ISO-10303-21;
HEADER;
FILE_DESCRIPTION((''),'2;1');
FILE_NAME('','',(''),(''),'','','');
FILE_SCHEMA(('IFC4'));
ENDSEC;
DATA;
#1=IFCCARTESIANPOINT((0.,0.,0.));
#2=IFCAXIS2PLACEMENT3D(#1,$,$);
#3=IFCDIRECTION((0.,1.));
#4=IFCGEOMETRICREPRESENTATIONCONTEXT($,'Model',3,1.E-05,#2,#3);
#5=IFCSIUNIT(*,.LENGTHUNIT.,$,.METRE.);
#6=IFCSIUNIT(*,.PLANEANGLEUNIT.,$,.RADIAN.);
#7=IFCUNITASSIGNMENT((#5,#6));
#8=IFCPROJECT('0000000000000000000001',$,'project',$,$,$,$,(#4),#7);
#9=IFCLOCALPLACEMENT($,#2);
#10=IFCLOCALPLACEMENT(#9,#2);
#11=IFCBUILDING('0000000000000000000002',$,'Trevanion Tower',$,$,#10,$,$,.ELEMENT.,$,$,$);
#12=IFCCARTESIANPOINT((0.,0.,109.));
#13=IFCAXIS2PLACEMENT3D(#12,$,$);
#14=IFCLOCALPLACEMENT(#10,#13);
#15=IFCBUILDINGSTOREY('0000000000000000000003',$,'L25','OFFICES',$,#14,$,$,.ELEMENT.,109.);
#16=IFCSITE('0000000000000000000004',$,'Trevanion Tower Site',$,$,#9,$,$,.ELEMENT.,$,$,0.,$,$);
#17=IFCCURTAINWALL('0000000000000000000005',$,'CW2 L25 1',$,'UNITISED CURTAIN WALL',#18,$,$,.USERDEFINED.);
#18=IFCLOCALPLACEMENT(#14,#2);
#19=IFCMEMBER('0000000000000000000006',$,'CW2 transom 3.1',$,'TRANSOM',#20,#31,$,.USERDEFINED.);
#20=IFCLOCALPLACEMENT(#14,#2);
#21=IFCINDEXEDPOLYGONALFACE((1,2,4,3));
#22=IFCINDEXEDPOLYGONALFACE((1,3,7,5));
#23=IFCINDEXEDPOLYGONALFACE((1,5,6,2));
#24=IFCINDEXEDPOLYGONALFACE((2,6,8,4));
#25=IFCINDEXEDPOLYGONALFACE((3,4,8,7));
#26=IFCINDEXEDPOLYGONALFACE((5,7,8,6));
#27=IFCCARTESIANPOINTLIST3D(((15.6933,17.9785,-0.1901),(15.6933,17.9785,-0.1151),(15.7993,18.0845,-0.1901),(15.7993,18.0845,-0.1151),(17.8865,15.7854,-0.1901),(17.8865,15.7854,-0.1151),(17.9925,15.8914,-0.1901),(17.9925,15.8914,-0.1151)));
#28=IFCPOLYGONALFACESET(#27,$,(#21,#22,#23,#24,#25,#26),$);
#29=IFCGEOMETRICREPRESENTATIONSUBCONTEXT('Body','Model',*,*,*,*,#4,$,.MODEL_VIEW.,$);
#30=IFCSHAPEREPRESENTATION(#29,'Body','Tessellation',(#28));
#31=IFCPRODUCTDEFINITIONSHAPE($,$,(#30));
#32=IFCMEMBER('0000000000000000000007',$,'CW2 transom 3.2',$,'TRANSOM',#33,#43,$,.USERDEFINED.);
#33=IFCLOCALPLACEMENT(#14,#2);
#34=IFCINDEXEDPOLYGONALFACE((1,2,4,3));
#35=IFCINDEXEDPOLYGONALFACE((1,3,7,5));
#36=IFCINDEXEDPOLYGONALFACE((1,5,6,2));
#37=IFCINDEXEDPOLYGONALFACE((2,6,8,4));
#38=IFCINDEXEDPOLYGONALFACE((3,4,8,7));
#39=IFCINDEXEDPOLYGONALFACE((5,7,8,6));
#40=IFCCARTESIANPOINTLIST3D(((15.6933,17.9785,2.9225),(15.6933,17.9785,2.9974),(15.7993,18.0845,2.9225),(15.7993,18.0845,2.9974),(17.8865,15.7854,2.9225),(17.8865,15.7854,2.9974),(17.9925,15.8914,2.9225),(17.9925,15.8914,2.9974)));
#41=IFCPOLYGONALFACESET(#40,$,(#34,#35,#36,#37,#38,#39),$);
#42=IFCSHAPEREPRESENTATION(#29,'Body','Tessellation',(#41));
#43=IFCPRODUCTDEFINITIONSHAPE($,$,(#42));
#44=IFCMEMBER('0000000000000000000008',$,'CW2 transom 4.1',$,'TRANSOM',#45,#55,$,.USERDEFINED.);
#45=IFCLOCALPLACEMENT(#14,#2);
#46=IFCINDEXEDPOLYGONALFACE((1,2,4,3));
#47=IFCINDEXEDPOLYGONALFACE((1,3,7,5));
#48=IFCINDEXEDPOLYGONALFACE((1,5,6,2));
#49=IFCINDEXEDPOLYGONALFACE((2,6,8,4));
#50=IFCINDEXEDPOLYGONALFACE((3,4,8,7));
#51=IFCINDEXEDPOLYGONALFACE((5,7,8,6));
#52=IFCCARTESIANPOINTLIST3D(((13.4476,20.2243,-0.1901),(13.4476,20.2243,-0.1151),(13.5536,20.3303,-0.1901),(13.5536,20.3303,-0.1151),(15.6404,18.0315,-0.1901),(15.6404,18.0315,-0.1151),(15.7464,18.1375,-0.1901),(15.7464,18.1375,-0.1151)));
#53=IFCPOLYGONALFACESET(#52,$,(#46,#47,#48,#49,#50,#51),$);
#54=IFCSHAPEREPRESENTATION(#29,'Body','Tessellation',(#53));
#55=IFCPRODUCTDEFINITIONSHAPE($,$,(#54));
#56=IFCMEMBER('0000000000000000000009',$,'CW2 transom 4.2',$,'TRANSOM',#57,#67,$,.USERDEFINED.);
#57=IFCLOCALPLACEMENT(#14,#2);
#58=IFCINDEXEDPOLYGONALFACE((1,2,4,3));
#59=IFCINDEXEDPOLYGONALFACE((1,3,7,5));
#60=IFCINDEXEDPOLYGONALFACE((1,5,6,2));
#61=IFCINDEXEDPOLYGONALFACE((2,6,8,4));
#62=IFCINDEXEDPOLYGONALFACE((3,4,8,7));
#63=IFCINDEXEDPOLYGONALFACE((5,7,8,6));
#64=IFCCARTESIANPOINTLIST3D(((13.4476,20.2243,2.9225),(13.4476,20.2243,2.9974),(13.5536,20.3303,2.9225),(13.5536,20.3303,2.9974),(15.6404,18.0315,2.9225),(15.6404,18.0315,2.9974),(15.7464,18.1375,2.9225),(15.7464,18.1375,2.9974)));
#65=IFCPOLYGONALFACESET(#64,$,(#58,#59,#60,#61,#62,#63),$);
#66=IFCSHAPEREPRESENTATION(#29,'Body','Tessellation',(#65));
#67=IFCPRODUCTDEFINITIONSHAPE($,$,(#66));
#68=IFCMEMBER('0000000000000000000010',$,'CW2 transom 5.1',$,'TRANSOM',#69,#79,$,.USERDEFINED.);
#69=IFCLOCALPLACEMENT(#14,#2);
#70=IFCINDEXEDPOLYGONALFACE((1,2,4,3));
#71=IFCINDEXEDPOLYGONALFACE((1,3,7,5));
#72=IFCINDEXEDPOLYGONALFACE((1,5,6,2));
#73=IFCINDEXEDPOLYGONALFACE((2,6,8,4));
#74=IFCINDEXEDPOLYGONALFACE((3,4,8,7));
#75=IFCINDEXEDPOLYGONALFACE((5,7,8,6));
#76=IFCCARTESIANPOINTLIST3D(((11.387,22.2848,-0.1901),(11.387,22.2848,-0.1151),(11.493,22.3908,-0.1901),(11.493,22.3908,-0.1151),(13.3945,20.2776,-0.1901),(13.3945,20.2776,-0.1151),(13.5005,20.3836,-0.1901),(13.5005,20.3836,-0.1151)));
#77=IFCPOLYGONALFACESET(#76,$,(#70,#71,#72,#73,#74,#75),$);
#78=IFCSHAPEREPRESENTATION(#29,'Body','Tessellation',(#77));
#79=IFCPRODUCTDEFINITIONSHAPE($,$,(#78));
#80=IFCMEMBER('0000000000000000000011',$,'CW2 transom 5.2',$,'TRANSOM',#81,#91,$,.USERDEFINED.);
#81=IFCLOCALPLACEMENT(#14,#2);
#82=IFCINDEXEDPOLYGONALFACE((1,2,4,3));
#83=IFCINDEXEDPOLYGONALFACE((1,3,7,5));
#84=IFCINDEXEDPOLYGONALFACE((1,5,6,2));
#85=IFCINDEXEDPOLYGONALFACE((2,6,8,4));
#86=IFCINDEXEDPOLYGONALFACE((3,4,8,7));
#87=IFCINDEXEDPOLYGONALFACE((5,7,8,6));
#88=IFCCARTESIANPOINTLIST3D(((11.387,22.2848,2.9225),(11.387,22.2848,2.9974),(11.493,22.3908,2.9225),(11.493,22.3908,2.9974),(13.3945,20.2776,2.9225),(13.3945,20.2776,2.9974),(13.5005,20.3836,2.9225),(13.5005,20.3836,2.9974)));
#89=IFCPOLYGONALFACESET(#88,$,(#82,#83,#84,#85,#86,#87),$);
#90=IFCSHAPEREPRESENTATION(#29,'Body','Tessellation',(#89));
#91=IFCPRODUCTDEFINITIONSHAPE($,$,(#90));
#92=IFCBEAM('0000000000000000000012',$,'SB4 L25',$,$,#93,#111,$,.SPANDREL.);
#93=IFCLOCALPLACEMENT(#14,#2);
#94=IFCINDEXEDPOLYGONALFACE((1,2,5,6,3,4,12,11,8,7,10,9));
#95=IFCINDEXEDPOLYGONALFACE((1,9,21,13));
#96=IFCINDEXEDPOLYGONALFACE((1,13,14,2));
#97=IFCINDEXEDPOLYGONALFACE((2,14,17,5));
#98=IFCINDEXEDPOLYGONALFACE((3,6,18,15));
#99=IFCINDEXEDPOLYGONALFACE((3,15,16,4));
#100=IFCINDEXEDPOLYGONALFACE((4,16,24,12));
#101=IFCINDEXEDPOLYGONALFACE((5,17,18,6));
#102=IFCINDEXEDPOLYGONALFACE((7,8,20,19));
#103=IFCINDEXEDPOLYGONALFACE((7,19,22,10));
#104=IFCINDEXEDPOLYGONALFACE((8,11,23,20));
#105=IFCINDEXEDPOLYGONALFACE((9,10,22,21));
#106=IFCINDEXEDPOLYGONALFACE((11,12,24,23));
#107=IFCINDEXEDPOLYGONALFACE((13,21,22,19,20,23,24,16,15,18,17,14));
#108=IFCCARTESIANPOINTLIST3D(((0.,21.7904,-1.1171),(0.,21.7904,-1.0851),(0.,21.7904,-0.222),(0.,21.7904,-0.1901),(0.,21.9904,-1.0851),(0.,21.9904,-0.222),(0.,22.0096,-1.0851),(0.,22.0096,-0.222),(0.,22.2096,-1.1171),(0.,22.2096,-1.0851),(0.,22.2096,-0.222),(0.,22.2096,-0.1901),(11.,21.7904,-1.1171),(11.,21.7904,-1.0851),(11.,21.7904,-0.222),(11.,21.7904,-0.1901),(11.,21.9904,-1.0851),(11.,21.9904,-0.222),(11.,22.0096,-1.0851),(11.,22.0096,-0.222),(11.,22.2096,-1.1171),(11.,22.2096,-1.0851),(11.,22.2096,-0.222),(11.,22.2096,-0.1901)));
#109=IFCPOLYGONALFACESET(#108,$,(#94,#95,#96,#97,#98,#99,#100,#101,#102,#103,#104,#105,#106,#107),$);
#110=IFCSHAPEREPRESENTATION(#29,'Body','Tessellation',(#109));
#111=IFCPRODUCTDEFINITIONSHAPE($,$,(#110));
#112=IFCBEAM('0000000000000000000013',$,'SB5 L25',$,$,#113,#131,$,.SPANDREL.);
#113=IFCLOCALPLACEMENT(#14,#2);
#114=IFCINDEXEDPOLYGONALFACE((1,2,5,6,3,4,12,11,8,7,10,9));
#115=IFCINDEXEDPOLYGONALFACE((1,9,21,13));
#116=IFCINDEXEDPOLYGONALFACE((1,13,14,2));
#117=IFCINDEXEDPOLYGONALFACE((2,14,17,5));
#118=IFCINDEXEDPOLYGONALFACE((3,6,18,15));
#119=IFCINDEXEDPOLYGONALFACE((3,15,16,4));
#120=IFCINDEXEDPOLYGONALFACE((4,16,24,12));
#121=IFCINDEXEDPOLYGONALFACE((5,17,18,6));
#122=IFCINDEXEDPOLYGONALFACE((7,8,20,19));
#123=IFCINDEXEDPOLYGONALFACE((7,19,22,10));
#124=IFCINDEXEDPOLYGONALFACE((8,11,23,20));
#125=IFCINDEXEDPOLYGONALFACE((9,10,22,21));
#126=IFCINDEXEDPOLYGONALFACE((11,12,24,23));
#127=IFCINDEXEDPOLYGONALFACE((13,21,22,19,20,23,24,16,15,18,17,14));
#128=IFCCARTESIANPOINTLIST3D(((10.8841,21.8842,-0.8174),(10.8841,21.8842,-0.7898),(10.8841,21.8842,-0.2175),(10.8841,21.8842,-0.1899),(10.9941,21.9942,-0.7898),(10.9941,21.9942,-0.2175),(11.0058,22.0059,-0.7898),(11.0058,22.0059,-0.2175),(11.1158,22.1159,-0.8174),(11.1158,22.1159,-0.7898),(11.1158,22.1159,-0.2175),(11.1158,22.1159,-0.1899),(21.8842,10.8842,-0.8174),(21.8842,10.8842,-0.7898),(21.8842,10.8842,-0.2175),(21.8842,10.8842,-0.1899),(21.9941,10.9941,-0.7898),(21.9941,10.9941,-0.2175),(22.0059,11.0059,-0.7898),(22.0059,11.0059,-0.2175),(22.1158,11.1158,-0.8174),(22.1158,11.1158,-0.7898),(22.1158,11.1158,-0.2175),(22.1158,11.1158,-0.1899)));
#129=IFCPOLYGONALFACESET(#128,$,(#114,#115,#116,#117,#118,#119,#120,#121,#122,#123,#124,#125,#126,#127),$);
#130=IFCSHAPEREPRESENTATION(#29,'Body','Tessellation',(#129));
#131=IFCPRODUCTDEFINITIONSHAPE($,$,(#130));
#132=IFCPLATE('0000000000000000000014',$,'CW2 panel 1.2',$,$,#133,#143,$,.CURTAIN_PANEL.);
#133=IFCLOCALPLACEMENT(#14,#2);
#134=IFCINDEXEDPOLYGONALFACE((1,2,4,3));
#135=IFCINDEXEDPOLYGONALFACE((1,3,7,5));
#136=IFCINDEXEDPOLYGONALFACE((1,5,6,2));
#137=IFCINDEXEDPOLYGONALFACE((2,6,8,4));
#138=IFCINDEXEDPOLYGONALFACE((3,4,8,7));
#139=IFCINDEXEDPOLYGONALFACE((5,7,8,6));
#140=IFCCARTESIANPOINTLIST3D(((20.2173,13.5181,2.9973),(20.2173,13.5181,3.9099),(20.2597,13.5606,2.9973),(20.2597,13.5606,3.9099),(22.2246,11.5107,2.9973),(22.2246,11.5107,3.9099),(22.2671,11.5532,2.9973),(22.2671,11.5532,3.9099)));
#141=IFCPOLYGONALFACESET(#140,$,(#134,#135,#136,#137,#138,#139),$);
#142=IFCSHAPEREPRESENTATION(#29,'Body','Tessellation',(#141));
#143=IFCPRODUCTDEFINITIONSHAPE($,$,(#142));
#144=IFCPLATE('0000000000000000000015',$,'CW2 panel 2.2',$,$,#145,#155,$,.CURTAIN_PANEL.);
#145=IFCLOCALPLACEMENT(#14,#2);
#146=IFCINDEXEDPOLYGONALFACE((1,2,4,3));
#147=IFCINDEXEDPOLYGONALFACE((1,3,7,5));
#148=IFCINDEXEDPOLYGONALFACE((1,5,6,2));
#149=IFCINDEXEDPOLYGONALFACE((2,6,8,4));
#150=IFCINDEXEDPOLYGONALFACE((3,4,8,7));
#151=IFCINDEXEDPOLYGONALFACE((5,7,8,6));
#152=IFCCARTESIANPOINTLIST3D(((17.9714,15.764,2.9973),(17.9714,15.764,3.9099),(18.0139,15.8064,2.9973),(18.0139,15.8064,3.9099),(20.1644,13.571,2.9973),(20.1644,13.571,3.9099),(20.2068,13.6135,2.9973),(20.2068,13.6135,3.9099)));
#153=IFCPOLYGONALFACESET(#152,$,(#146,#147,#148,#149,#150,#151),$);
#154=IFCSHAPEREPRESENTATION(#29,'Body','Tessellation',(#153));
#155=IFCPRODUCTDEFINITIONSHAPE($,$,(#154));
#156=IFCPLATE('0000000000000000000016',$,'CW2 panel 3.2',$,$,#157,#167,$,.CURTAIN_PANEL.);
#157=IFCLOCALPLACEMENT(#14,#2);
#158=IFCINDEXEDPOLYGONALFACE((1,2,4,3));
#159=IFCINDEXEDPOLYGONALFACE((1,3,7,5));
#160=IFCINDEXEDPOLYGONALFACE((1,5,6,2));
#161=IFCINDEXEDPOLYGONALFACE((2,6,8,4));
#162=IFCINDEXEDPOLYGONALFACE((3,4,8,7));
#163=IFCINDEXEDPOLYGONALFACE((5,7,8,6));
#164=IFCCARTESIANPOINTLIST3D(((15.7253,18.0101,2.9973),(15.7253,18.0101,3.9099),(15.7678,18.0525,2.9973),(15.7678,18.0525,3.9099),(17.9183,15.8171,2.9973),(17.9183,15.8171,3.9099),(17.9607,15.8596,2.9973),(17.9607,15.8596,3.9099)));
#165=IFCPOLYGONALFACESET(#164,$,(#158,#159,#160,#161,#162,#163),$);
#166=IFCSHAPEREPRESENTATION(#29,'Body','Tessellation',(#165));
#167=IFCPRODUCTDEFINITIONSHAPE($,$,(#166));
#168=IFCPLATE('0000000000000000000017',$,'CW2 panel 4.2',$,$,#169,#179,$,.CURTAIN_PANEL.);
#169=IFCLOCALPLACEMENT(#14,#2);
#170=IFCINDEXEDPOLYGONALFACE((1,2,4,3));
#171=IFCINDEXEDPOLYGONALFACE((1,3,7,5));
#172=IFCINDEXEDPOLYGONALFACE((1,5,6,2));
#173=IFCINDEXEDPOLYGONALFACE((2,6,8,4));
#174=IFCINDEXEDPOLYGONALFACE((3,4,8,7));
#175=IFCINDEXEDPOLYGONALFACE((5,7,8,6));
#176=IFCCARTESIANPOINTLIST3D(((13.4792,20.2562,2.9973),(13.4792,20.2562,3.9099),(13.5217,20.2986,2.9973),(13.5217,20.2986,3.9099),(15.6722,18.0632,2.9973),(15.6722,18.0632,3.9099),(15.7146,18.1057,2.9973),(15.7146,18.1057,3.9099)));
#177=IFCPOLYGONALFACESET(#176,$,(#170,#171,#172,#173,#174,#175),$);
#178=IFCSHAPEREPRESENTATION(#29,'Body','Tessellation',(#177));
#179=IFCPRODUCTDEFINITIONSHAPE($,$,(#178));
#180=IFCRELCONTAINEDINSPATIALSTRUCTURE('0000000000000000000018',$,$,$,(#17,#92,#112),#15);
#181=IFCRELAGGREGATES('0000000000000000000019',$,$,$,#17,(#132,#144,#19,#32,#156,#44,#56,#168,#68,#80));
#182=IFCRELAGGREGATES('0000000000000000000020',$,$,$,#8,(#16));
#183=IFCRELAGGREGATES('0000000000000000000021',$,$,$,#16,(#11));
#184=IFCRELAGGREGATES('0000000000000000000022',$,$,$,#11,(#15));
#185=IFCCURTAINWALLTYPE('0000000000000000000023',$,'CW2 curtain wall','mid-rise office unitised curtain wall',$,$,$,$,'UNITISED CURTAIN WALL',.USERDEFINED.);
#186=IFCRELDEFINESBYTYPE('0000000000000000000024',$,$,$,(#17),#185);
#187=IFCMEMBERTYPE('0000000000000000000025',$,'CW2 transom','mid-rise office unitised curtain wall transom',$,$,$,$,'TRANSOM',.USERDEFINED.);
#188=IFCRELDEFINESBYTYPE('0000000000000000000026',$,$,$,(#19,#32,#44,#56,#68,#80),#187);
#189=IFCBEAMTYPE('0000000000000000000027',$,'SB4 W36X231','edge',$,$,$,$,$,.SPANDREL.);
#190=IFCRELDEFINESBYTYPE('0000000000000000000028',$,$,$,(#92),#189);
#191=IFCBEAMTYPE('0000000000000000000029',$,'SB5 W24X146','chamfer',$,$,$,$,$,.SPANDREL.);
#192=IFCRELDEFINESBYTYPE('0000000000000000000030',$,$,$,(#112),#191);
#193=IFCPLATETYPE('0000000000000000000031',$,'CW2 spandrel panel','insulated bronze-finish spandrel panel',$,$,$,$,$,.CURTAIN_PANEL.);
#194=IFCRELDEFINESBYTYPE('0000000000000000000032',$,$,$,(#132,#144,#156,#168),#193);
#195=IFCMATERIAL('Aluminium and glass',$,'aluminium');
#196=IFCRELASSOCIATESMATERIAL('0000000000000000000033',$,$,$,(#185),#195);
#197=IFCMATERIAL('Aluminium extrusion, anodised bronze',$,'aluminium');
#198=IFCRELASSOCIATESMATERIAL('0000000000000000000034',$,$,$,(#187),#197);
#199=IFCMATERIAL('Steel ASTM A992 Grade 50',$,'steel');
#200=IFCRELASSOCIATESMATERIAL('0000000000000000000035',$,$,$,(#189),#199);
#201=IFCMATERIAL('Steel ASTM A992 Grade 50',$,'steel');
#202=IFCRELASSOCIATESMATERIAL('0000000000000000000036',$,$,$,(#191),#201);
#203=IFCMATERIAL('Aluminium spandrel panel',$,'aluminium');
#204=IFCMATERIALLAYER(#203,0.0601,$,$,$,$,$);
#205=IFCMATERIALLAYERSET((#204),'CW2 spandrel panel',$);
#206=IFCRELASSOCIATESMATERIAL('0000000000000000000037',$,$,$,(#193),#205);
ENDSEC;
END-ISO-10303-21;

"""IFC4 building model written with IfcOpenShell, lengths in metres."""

from ifc_helpers import new_model, si_unit, direction, frame, origin, origin_2d, place, context, subcontext, project, spatial, rectangle, i_section, extrude, material, layer, layer_set, material_profile, profile_set, type_object, element, aggregate, save


model = new_model("IFC4")

# Units and contexts
model_context = context("Model", 3, precision=1e-05, world=origin(), true_north=direction((0.0, 1.0)))
body_context = subcontext(model_context, "Body", "Model", "MODEL_VIEW")
ifc_project = project(units=[si_unit("LENGTHUNIT", "METRE"), si_unit("PLANEANGLEUNIT", "RADIAN")], contexts=[model_context])

# Site, building, storey
site_placement = place(None, origin())
site = spatial("IfcSite", under=ifc_project, at=site_placement, Name="Trevanion Tower Site", CompositionType="ELEMENT", RefElevation=0.0)
building_placement = place(site_placement, origin())
building = spatial("IfcBuilding", under=site, at=building_placement, Name="Trevanion Tower", CompositionType="ELEMENT")
storey_placement = place(building_placement, frame((0.0, 0.0, 109.0)))
storey = spatial("IfcBuildingStorey", under=building, at=storey_placement, Name="L25", Description="OFFICES", CompositionType="ELEMENT", Elevation=109.0)

# Curtain wall
ifc_material_1 = material(Name="Aluminium and glass", Category="aluminium")
curtain_wall_type = type_object("IfcCurtainWallType", Name="CW2 curtain wall", Description="mid-rise office unitised curtain wall", ElementType="UNITISED CURTAIN WALL", PredefinedType="USERDEFINED", material=ifc_material_1)
curtain_wall_1_placement = place(storey_placement, origin())
curtain_wall_1 = element("IfcCurtainWall", 1, at=curtain_wall_1_placement, inside=storey, type_object=curtain_wall_type, Name="CW2 L25 1", ObjectType="UNITISED CURTAIN WALL", PredefinedType="USERDEFINED")

# Members
ifc_material_2 = material(Name="Aluminium extrusion, anodised bronze", Category="aluminium")
ifc_material_profile_1 = material_profile(ifc_material_2, rectangle(XDim=0.1499, YDim=0.075, at=origin_2d()), Name="CW2 transom")
ifc_profile_set_1 = profile_set([ifc_material_profile_1], Name="Aluminium extrusion, anodised bronze")
member_type_1 = type_object("IfcMemberType", Name="CW2 transom", Description="mid-rise office unitised curtain wall transom", ElementType="TRANSOM", PredefinedType="USERDEFINED", material=ifc_profile_set_1)
member_1_placement = place(storey_placement, frame((17.9395, 15.8384, -0.1526), z_axis=(-0.707107, 0.707107, 0.0), x_axis=(-0.707107, -0.707107, 0.0)))
member_1 = element("IfcMember", 2, at=member_1_placement, type_object=member_type_1, Name="CW2 transom 3.1", ObjectType="TRANSOM", PredefinedType="USERDEFINED", context=body_context, shape_type="SweptSolid", body=[
    extrude(rectangle(XDim=0.1499, YDim=0.075, at=origin_2d()), origin(), (0.0, 0.0, 1.0), 3.1016),
])
member_2_placement = place(storey_placement, frame((17.9395, 15.8384, 2.96), z_axis=(-0.707107, 0.707107, 0.0), x_axis=(-0.707107, -0.707107, 0.0)))
member_2 = element("IfcMember", 3, at=member_2_placement, type_object=member_type_1, Name="CW2 transom 3.2", ObjectType="TRANSOM", PredefinedType="USERDEFINED", context=body_context, shape_type="SweptSolid", body=[
    extrude(rectangle(XDim=0.1499, YDim=0.075, at=origin_2d()), origin(), (0.0, 0.0, 1.0), 3.1016),
])
member_3_placement = place(storey_placement, frame((15.6934, 18.0845, -0.1526), z_axis=(-0.707107, 0.707107, 0.0), x_axis=(-0.707107, -0.707107, 0.0)))
member_3 = element("IfcMember", 4, at=member_3_placement, type_object=member_type_1, Name="CW2 transom 4.1", ObjectType="TRANSOM", PredefinedType="USERDEFINED", context=body_context, shape_type="SweptSolid", body=[
    extrude(rectangle(XDim=0.1499, YDim=0.075, at=origin_2d()), origin(), (0.0, 0.0, 1.0), 3.1011),
])
member_4_placement = place(storey_placement, frame((15.6934, 18.0845, 2.96), z_axis=(-0.707107, 0.707107, 0.0), x_axis=(-0.707107, -0.707107, 0.0)))
member_4 = element("IfcMember", 5, at=member_4_placement, type_object=member_type_1, Name="CW2 transom 4.2", ObjectType="TRANSOM", PredefinedType="USERDEFINED", context=body_context, shape_type="SweptSolid", body=[
    extrude(rectangle(XDim=0.1499, YDim=0.075, at=origin_2d()), origin(), (0.0, 0.0, 1.0), 3.1011),
])
member_5_placement = place(storey_placement, frame((13.4475, 20.3306, -0.1526), z_axis=(-0.70715, 0.707064, 0.0), x_axis=(-0.707064, -0.70715, 0.0)))
member_5 = element("IfcMember", 6, at=member_5_placement, type_object=member_type_1, Name="CW2 transom 5.1", ObjectType="TRANSOM", PredefinedType="USERDEFINED", context=body_context, shape_type="SweptSolid", body=[
    extrude(rectangle(XDim=0.1499, YDim=0.075, at=origin_2d()), origin(), (0.0, 0.0, 1.0), 2.8389),
])
member_6_placement = place(storey_placement, frame((13.4475, 20.3306, 2.96), z_axis=(-0.70715, 0.707064, 0.0), x_axis=(-0.707064, -0.70715, 0.0)))
member_6 = element("IfcMember", 7, at=member_6_placement, type_object=member_type_1, Name="CW2 transom 5.2", ObjectType="TRANSOM", PredefinedType="USERDEFINED", context=body_context, shape_type="SweptSolid", body=[
    extrude(rectangle(XDim=0.1499, YDim=0.075, at=origin_2d()), origin(), (0.0, 0.0, 1.0), 2.8389),
])

# Beams
ifc_material_3 = material(Name="Steel ASTM A992 Grade 50", Category="steel")
ifc_material_profile_2 = material_profile(ifc_material_3, i_section(OverallWidth=0.4192, OverallDepth=0.927, WebThickness=0.0193, FlangeThickness=0.032, at=origin_2d()), Name="W36X231")
ifc_profile_set_2 = profile_set([ifc_material_profile_2], Name="Steel ASTM A992 Grade 50")
beam_type_1 = type_object("IfcBeamType", Name="SB4 W36X231", Description="edge", PredefinedType="SPANDREL", material=ifc_profile_set_2)
beam_1_placement = place(storey_placement, frame((11.0, 22.0, -0.6536), z_axis=(-1.0, 0.0, 0.0), x_axis=(0.0, -1.0, 0.0)))
element("IfcBeam", 8, at=beam_1_placement, inside=storey, type_object=beam_type_1, Name="SB4 L25", PredefinedType="SPANDREL", context=body_context, shape_type="SweptSolid", body=[
    extrude(i_section(OverallWidth=0.4192, OverallDepth=0.927, WebThickness=0.0193, FlangeThickness=0.032, at=origin_2d()), origin(), (0.0, 0.0, 1.0), 11.0),
])
ifc_material_4 = material(Name="Steel ASTM A992 Grade 50", Category="steel")
ifc_material_profile_3 = material_profile(ifc_material_4, i_section(OverallWidth=0.3276, OverallDepth=0.6274, WebThickness=0.0166, FlangeThickness=0.0276, at=origin_2d()), Name="W24X146")
ifc_profile_set_3 = profile_set([ifc_material_profile_3], Name="Steel ASTM A992 Grade 50")
beam_type_2 = type_object("IfcBeamType", Name="SB5 W24X146", Description="chamfer", PredefinedType="SPANDREL", material=ifc_profile_set_3)
beam_2_placement = place(storey_placement, frame((22.0, 11.0, -0.5037), z_axis=(-0.707107, 0.707107, 0.0), x_axis=(-0.707107, -0.707107, 0.0)))
element("IfcBeam", 9, at=beam_2_placement, inside=storey, type_object=beam_type_2, Name="SB5 L25", PredefinedType="SPANDREL", context=body_context, shape_type="SweptSolid", body=[
    extrude(i_section(OverallWidth=0.3276, OverallDepth=0.6274, WebThickness=0.0166, FlangeThickness=0.0276, at=origin_2d()), origin(), (0.0, 0.0, 1.0), 15.5564),
])

# Plates
ifc_material_5 = material(Name="Aluminium spandrel panel", Category="aluminium")
ifc_layer_1 = layer(ifc_material_5, 0.0601)
ifc_layer_set_1 = layer_set([ifc_layer_1], Name="CW2 spandrel panel")
plate_type_1 = type_object("IfcPlateType", Name="CW2 spandrel panel", Description="insulated bronze-finish spandrel panel", PredefinedType="CURTAIN_PANEL", material=ifc_layer_set_1)
plate_1_placement = place(storey_placement, frame((21.2422, 12.5356, 2.9973), z_axis=(0.0, 0.0, 1.0), x_axis=(-0.707107, 0.707107, 0.0)))
plate_1 = element("IfcPlate", 10, at=plate_1_placement, type_object=plate_type_1, Name="CW2 panel 1.2", PredefinedType="CURTAIN_PANEL", context=body_context, shape_type="SweptSolid", body=[
    extrude(rectangle(XDim=2.8389, YDim=0.0601, at=origin_2d()), origin(), (0.0, 0.0, 1.0), 0.9126),
])
plate_2_placement = place(storey_placement, frame((19.0891, 14.6887, 2.9973), z_axis=(0.0, 0.0, 1.0), x_axis=(-0.707107, 0.707107, 0.0)))
plate_2 = element("IfcPlate", 11, at=plate_2_placement, type_object=plate_type_1, Name="CW2 panel 2.2", PredefinedType="CURTAIN_PANEL", context=body_context, shape_type="SweptSolid", body=[
    extrude(rectangle(XDim=3.1013, YDim=0.0601, at=origin_2d()), origin(), (0.0, 0.0, 1.0), 0.9126),
])
plate_3_placement = place(storey_placement, frame((16.843, 16.9348, 2.9973), z_axis=(0.0, 0.0, 1.0), x_axis=(-0.707107, 0.707107, 0.0)))
plate_3 = element("IfcPlate", 12, at=plate_3_placement, type_object=plate_type_1, Name="CW2 panel 3.2", PredefinedType="CURTAIN_PANEL", context=body_context, shape_type="SweptSolid", body=[
    extrude(rectangle(XDim=3.1013, YDim=0.0601, at=origin_2d()), origin(), (0.0, 0.0, 1.0), 0.9126),
])
plate_4_placement = place(storey_placement, frame((14.5969, 19.1809, 2.9973), z_axis=(0.0, 0.0, 1.0), x_axis=(-0.707107, 0.707107, 0.0)))
plate_4 = element("IfcPlate", 13, at=plate_4_placement, type_object=plate_type_1, Name="CW2 panel 4.2", PredefinedType="CURTAIN_PANEL", context=body_context, shape_type="SweptSolid", body=[
    extrude(rectangle(XDim=3.1013, YDim=0.0601, at=origin_2d()), origin(), (0.0, 0.0, 1.0), 0.9126),
])
aggregate(curtain_wall_1, [plate_1, plate_2, member_1, member_2, plate_3, member_3, member_4, plate_4, member_5, member_6])

save(model, "model.ifc")
